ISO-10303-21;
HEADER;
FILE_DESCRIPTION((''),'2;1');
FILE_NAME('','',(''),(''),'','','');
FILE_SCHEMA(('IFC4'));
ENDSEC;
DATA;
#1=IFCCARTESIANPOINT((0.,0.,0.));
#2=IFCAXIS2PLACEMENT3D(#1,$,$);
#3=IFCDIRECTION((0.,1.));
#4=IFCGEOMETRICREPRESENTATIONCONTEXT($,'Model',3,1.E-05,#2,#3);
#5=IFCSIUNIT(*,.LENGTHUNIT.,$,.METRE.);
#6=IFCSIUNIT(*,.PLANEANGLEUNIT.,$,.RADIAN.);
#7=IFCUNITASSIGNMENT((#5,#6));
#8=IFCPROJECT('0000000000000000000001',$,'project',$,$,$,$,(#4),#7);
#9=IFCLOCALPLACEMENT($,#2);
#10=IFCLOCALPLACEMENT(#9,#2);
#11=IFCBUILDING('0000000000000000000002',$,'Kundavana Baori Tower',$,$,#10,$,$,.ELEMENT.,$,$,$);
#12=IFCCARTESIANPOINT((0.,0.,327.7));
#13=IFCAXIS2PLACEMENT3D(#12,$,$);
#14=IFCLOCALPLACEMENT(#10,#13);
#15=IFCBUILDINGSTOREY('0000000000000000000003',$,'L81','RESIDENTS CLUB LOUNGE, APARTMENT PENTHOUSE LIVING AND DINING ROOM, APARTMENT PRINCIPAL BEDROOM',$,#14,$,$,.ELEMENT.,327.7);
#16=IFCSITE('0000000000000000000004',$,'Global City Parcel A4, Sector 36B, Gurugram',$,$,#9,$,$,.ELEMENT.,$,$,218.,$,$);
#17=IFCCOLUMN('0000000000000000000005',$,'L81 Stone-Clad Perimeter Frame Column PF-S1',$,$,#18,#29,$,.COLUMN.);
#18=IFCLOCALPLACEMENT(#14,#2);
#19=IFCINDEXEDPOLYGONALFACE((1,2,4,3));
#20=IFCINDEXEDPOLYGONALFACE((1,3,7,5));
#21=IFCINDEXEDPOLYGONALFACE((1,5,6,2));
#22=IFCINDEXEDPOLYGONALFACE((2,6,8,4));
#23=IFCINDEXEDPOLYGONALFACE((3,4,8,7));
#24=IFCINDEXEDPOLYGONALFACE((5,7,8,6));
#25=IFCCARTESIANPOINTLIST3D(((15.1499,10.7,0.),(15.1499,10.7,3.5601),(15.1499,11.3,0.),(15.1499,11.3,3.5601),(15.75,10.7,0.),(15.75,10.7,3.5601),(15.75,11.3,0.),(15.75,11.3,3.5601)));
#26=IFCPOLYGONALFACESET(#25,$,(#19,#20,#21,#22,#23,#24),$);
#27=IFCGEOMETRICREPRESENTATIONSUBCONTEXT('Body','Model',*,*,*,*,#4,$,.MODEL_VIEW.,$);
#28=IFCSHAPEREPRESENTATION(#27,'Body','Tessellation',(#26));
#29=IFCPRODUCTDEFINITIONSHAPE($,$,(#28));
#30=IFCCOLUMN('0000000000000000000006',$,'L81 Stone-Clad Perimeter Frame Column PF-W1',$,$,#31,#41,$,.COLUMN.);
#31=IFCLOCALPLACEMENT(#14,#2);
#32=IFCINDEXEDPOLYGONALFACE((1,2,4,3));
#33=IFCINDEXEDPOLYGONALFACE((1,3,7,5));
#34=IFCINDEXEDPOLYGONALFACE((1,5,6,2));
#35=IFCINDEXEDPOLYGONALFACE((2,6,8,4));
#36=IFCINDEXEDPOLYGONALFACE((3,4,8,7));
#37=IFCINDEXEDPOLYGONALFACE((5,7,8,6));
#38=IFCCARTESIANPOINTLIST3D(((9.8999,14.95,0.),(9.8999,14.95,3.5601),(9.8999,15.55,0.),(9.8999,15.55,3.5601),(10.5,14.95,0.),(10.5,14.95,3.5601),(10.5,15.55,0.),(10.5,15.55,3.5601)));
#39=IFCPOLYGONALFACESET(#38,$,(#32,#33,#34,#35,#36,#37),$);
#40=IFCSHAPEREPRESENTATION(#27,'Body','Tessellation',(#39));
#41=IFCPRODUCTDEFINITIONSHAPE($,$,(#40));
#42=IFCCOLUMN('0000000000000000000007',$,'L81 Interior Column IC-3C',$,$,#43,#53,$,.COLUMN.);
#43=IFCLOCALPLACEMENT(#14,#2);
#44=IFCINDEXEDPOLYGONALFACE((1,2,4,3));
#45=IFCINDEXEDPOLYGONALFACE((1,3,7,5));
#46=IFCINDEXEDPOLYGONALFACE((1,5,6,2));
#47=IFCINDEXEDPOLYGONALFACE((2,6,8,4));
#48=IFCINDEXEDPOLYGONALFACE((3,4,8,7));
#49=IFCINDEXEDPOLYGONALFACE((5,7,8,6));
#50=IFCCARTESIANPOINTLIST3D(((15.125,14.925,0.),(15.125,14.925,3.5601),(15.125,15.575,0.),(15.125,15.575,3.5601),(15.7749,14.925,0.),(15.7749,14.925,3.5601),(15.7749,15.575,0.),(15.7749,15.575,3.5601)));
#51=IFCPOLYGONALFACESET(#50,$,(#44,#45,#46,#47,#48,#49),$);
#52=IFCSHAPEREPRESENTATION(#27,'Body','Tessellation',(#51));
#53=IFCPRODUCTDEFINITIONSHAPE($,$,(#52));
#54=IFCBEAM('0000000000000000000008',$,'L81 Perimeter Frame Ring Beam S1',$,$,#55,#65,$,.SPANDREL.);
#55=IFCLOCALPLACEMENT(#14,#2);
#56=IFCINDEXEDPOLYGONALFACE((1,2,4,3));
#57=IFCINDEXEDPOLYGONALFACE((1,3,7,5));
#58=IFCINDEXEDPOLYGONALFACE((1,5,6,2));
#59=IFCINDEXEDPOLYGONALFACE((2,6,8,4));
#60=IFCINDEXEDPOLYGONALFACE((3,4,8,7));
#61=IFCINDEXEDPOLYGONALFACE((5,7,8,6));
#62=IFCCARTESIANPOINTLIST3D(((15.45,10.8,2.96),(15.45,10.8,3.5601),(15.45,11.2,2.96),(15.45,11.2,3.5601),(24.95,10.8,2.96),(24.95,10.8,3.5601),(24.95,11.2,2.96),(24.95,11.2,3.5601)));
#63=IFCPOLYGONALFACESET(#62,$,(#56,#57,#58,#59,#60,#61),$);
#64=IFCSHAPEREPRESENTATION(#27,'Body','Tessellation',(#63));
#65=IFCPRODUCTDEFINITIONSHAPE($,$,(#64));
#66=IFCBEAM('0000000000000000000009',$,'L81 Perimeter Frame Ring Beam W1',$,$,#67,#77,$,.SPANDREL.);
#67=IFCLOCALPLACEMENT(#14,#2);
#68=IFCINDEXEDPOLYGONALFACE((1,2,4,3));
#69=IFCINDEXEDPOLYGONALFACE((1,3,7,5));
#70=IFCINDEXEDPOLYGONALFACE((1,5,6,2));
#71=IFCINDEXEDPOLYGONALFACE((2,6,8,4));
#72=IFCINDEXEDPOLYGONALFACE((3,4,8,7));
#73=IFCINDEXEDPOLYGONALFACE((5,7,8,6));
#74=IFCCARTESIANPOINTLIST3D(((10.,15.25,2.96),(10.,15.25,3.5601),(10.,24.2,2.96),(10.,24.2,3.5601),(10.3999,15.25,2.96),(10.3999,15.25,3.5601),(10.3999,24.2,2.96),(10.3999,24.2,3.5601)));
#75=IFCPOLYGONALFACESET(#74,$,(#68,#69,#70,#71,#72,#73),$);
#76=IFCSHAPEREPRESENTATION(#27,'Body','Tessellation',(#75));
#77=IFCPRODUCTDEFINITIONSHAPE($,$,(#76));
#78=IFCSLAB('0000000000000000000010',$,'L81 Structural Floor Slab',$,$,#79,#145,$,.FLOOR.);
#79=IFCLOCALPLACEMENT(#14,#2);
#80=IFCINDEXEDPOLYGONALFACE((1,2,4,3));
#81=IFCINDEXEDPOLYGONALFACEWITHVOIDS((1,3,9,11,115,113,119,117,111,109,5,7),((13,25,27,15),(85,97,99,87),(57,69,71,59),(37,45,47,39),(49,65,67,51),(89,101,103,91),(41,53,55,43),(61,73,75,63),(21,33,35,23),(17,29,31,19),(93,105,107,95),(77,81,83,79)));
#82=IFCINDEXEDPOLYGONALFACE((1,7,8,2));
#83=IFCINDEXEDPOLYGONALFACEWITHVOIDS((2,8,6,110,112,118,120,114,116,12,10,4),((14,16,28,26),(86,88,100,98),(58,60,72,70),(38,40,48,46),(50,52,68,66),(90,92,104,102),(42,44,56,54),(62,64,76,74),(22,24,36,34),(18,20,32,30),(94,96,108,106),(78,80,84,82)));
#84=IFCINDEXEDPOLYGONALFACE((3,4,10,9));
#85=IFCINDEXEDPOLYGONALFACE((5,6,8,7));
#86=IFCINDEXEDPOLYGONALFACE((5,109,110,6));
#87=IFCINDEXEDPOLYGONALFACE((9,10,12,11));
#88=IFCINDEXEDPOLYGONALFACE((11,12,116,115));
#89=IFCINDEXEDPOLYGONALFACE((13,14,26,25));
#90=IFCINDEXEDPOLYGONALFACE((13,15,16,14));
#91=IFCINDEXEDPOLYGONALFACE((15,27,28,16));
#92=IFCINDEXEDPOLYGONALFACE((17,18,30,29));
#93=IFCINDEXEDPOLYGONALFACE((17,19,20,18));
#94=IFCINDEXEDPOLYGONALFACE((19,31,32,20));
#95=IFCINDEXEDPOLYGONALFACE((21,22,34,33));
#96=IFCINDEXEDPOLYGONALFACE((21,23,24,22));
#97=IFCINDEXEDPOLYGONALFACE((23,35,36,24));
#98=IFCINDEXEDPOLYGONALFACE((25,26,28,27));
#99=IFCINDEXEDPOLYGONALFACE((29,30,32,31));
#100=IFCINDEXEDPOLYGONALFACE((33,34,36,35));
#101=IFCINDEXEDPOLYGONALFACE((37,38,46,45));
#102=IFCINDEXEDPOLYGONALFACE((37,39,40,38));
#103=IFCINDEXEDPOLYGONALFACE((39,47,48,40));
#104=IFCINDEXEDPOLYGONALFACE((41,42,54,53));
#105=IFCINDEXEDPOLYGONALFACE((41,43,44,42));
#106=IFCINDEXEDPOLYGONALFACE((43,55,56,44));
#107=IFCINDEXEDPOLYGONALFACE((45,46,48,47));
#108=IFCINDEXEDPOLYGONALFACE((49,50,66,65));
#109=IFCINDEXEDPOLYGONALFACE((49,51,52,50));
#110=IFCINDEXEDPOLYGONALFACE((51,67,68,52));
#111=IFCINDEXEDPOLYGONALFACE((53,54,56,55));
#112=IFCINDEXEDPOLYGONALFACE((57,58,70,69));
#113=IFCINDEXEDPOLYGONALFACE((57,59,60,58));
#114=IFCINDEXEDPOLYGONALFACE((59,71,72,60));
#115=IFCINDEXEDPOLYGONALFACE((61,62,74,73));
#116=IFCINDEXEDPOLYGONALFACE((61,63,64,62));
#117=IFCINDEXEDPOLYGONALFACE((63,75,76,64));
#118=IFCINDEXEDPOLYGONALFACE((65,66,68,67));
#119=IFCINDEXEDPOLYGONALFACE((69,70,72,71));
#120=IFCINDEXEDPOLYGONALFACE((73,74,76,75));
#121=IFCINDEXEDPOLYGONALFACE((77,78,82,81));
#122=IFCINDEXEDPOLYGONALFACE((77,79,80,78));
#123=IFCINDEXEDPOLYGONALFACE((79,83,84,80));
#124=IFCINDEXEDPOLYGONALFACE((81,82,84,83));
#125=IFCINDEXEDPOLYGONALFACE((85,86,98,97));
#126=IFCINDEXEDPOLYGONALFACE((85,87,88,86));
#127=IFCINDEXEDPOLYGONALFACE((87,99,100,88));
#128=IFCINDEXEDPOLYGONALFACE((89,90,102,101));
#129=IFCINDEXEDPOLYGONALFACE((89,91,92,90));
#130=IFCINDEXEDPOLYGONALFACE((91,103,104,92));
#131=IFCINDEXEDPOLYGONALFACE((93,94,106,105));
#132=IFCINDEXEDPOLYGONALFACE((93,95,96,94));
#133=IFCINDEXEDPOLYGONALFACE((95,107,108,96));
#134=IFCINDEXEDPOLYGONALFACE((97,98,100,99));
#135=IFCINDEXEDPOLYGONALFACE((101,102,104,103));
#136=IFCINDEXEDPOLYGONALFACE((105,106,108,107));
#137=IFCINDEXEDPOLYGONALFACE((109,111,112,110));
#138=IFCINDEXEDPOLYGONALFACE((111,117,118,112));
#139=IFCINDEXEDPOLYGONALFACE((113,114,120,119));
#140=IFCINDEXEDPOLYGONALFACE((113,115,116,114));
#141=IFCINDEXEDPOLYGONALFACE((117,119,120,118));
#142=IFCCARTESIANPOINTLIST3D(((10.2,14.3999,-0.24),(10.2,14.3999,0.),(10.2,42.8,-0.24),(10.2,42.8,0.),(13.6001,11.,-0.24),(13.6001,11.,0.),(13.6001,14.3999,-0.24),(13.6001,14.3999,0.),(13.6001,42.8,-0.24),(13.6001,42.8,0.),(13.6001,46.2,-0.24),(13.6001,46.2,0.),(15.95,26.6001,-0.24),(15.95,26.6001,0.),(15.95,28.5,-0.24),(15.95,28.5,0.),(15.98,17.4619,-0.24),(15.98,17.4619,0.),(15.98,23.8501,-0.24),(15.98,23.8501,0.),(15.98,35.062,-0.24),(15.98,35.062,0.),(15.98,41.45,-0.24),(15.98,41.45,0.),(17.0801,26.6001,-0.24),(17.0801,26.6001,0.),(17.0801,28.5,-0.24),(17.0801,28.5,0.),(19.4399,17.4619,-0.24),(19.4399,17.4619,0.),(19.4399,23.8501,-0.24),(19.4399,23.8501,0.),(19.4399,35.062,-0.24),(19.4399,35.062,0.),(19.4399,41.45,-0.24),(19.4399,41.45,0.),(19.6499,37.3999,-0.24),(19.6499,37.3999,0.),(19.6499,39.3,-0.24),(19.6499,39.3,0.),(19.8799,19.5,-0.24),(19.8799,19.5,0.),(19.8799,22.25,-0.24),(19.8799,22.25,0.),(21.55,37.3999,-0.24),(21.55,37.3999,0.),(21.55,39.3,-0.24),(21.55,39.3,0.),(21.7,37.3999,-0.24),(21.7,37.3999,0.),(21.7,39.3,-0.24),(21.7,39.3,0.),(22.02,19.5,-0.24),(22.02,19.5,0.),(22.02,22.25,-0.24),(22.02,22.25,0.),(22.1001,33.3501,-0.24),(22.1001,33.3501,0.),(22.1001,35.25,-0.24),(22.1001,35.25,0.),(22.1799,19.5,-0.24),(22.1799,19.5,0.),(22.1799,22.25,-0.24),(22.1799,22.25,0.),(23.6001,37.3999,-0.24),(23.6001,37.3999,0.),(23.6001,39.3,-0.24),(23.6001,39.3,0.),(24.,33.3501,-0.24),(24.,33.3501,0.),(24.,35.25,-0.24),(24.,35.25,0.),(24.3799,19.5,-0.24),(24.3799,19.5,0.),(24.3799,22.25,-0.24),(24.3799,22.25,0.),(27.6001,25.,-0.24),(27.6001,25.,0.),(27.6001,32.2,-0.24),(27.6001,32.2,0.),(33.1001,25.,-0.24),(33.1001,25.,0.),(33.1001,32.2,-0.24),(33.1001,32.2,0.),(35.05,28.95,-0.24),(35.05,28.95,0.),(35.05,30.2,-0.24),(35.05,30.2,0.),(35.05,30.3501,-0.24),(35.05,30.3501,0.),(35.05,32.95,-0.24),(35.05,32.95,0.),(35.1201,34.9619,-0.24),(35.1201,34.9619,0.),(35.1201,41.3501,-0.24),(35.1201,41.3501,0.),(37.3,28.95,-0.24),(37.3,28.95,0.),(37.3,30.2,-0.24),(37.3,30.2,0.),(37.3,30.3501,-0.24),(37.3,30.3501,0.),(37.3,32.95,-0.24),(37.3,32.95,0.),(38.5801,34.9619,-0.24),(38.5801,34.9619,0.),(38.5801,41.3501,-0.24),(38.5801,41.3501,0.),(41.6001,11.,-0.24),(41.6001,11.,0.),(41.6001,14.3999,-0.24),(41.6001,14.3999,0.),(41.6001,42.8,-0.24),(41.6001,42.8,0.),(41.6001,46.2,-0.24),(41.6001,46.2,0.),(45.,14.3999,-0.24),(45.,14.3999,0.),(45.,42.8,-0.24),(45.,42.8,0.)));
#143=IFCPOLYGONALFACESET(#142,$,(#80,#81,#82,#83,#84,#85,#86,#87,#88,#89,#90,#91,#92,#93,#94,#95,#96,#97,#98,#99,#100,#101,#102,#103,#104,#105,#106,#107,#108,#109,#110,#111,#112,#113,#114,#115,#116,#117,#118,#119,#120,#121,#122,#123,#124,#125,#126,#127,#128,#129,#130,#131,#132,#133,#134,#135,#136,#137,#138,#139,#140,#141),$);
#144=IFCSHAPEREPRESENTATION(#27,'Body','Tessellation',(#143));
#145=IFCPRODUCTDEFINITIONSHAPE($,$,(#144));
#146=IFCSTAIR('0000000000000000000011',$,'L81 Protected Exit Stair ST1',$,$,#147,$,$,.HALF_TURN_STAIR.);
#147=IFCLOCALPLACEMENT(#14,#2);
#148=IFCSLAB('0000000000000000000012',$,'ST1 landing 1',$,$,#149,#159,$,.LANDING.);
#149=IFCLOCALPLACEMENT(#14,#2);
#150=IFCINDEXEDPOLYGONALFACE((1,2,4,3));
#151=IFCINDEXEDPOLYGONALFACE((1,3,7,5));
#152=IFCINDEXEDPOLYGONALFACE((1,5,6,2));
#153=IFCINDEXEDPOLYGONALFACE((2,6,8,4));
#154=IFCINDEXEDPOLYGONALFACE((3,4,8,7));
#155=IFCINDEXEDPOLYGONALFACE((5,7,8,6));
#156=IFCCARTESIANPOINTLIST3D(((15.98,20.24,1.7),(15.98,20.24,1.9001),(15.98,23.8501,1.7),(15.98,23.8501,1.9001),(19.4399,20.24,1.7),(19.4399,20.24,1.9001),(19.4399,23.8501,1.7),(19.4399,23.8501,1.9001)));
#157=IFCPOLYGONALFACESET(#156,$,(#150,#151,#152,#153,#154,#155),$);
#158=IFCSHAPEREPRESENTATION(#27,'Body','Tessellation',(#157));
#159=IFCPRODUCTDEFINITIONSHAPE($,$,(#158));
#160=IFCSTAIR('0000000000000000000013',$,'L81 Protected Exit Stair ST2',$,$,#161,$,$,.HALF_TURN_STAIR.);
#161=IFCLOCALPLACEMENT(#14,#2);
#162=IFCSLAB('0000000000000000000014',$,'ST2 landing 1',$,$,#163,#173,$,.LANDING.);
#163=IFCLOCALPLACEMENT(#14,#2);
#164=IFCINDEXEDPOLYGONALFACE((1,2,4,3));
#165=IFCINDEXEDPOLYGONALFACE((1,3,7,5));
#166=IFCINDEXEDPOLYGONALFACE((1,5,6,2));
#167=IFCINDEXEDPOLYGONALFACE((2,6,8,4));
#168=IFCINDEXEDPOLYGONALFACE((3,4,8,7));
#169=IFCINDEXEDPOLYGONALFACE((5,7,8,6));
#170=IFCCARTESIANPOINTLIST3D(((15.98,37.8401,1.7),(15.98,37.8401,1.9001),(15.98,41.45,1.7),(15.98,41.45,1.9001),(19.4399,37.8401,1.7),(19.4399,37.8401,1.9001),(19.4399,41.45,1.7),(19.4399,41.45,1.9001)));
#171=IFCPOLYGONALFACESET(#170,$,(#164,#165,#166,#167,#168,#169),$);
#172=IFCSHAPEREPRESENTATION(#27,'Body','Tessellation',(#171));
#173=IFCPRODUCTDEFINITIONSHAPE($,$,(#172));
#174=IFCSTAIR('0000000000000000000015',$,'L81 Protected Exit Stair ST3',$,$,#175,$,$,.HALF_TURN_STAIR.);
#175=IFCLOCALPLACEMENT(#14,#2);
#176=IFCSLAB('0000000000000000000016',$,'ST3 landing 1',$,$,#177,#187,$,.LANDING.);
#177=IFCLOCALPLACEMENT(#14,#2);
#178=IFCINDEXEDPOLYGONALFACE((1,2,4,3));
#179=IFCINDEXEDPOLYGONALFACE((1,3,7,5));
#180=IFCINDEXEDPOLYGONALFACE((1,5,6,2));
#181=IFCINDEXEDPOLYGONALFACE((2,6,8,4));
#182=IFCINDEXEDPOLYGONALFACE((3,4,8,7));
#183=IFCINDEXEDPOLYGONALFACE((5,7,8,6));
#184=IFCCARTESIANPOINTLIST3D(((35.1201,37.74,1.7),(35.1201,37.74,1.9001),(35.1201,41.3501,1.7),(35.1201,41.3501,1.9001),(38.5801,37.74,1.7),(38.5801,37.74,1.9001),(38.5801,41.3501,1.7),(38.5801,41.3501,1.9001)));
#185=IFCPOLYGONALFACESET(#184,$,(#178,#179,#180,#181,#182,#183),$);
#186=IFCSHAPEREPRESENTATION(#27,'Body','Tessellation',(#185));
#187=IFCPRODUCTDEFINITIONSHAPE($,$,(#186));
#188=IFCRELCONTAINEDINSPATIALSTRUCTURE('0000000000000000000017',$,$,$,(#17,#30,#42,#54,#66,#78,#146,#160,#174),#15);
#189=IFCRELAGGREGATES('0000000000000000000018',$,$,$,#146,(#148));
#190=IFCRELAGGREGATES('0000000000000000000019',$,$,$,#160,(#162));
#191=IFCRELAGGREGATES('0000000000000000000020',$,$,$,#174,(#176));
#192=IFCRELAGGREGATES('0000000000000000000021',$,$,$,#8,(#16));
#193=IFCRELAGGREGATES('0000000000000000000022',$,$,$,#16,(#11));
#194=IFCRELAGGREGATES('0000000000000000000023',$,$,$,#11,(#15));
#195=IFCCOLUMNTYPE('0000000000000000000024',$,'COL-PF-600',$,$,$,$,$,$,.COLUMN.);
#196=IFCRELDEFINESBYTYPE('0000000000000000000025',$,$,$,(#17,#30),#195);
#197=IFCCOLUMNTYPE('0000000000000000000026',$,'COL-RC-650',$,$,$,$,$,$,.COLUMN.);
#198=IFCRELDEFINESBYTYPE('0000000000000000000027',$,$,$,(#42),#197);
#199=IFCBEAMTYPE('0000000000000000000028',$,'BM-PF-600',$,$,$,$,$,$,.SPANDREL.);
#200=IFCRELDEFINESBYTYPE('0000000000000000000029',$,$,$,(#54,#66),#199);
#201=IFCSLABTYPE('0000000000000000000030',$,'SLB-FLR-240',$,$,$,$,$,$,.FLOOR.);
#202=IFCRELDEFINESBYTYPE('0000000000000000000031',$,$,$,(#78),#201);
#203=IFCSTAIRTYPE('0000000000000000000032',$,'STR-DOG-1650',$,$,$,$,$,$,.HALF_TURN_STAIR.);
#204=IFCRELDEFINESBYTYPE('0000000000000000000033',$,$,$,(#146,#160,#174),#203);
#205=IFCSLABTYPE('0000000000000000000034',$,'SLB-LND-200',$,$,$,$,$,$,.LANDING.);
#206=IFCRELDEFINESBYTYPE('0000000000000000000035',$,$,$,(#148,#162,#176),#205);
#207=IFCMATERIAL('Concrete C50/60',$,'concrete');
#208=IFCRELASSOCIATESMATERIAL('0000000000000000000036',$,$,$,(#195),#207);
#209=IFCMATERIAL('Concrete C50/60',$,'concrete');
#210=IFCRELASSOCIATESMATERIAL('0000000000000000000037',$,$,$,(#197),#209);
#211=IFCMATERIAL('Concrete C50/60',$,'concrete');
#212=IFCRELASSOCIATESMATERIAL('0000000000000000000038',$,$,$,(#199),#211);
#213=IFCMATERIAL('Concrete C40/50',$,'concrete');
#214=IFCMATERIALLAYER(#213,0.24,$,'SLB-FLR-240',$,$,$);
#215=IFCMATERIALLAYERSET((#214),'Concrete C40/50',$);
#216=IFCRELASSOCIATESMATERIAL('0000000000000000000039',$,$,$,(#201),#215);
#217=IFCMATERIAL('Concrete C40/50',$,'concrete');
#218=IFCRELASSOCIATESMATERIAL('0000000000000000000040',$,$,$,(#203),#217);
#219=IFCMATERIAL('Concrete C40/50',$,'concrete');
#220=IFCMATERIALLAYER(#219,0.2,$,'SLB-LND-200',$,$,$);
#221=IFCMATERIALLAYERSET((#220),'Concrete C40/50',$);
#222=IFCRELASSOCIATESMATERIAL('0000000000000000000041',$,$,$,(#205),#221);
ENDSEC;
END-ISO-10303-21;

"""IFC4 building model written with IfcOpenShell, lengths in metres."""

from ifc_helpers import new_model, si_unit, direction, frame, origin, origin_2d, place, context, subcontext, project, spatial, polyline, rectangle, outline, extrude, material, layer, layer_set, material_profile, profile_set, type_object, element, aggregate, save


model = new_model("IFC4")

# Units and contexts
model_context = context("Model", 3, precision=1e-05, world=origin(), true_north=direction((0.0, 1.0)))
body_context = subcontext(model_context, "Body", "Model", "MODEL_VIEW")
ifc_project = project(units=[si_unit("LENGTHUNIT", "METRE"), si_unit("PLANEANGLEUNIT", "RADIAN")], contexts=[model_context])

# Site, building, storey
site_placement = place(None, origin())
site = spatial("IfcSite", under=ifc_project, at=site_placement, Name="Global City Parcel A4, Sector 36B, Gurugram", CompositionType="ELEMENT", RefElevation=218.0)
building_placement = place(site_placement, origin())
building = spatial("IfcBuilding", under=site, at=building_placement, Name="Kundavana Baori Tower", CompositionType="ELEMENT")
storey_placement = place(building_placement, frame((0.0, 0.0, 327.7)))
storey = spatial("IfcBuildingStorey", under=building, at=storey_placement, Name="L81", Description="RESIDENTS CLUB LOUNGE, APARTMENT PENTHOUSE LIVING AND DINING ROOM, APARTMENT PRINCIPAL BEDROOM", CompositionType="ELEMENT", Elevation=327.7)

# Columns
ifc_material_1 = material(Name="Concrete C50/60", Category="concrete")
ifc_material_profile_1 = material_profile(ifc_material_1, rectangle(XDim=0.6001, YDim=0.6001, at=origin_2d()), Name="RC PF 600x600")
ifc_profile_set_1 = profile_set([ifc_material_profile_1], Name="Concrete C50/60")
column_type_1 = type_object("IfcColumnType", Name="COL-PF-600", PredefinedType="COLUMN", material=ifc_profile_set_1)
for number, where, z_axis, x_axis, name in (
    (1, (15.45, 11.0, 0.0), (0.0, 0.0, 1.0), (1.0, 0.0, 0.0), "L81 Stone-Clad Perimeter Frame Column PF-S1"),
    (2, (10.2, 15.25, 0.0), (0.0, 0.0, 1.0), (1.0, 0.0, 0.0), "L81 Stone-Clad Perimeter Frame Column PF-W1"),
):
    element("IfcColumn", number, at=place(storey_placement, frame(where, z_axis=z_axis, x_axis=x_axis)), inside=storey, type_object=column_type_1, Name=name, PredefinedType="COLUMN", context=body_context, shape_type="SweptSolid", body=[
        extrude(rectangle(XDim=0.6001, YDim=0.6001, at=origin_2d()), origin(), (0.0, 0.0, 1.0), 3.5601),
    ])
ifc_material_2 = material(Name="Concrete C50/60", Category="concrete")
ifc_material_profile_2 = material_profile(ifc_material_2, rectangle(XDim=0.6499, YDim=0.6499, at=origin_2d()), Name="RC 650x650")
ifc_profile_set_2 = profile_set([ifc_material_profile_2], Name="Concrete C50/60")
column_type_2 = type_object("IfcColumnType", Name="COL-RC-650", PredefinedType="COLUMN", material=ifc_profile_set_2)
column_placement = place(storey_placement, frame((15.45, 15.25, 0.0), z_axis=(0.0, 0.0, 1.0), x_axis=(1.0, 0.0, 0.0)))
element("IfcColumn", 3, at=column_placement, inside=storey, type_object=column_type_2, Name="L81 Interior Column IC-3C", PredefinedType="COLUMN", context=body_context, shape_type="SweptSolid", body=[
    extrude(rectangle(XDim=0.6499, YDim=0.6499, at=origin_2d()), origin(), (0.0, 0.0, 1.0), 3.5601),
])

# Beams
ifc_material_3 = material(Name="Concrete C50/60", Category="concrete")
ifc_material_profile_3 = material_profile(ifc_material_3, rectangle(XDim=0.3999, YDim=0.6001, at=origin_2d()), Name="RC BM 400x600")
ifc_profile_set_3 = profile_set([ifc_material_profile_3], Name="Concrete C50/60")
beam_type = type_object("IfcBeamType", Name="BM-PF-600", PredefinedType="SPANDREL", material=ifc_profile_set_3)
beam_1_placement = place(storey_placement, frame((15.45, 11.0, 3.26), z_axis=(1.0, 0.0, 0.0), x_axis=(0.0, 1.0, 0.0)))
element("IfcBeam", 4, at=beam_1_placement, inside=storey, type_object=beam_type, Name="L81 Perimeter Frame Ring Beam S1", PredefinedType="SPANDREL", context=body_context, shape_type="SweptSolid", body=[
    extrude(rectangle(XDim=0.3999, YDim=0.6001, at=origin_2d()), origin(), (0.0, 0.0, 1.0), 9.5),
])
beam_2_placement = place(storey_placement, frame((10.2, 15.25, 3.26), z_axis=(0.0, 1.0, 0.0), x_axis=(-1.0, 0.0, 0.0)))
element("IfcBeam", 5, at=beam_2_placement, inside=storey, type_object=beam_type, Name="L81 Perimeter Frame Ring Beam W1", PredefinedType="SPANDREL", context=body_context, shape_type="SweptSolid", body=[
    extrude(rectangle(XDim=0.3999, YDim=0.6001, at=origin_2d()), origin(), (0.0, 0.0, 1.0), 8.95),
])

# Slab
ifc_material_4 = material(Name="Concrete C40/50", Category="concrete")
ifc_layer_1 = layer(ifc_material_4, 0.24, Name="SLB-FLR-240")
ifc_layer_set_1 = layer_set([ifc_layer_1], Name="Concrete C40/50")
slab_type_1 = type_object("IfcSlabType", Name="SLB-FLR-240", PredefinedType="FLOOR", material=ifc_layer_set_1)
slab_1_placement = place(storey_placement, frame((0.0, 0.0, -0.24)))
element("IfcSlab", 6, at=slab_1_placement, inside=storey, type_object=slab_type_1, Name="L81 Structural Floor Slab", PredefinedType="FLOOR", context=body_context, shape_type="SweptSolid", body=[
    extrude(outline(polyline([(13.6001, 11.0), (41.6001, 11.0), (41.6001, 14.3999), (45.0, 14.3999), (45.0, 42.8), (41.6001, 42.8), (41.6001, 46.2), (13.6001, 46.2), (13.6001, 42.8), (10.2, 42.8), (10.2, 14.3999), (13.6001, 14.3999), (13.6001, 11.0)]), holes=[polyline([(19.4399, 17.4619), (19.4399, 23.8501), (15.98, 23.8501), (15.98, 17.4619), (19.4399, 17.4619)]), polyline([(19.4399, 35.062), (19.4399, 41.45), (15.98, 41.45), (15.98, 35.062), (19.4399, 35.062)]), polyline([(38.5801, 34.9619), (38.5801, 41.3501), (35.1201, 41.3501), (35.1201, 34.9619), (38.5801, 34.9619)]), polyline([(19.6499, 37.3999), (21.55, 37.3999), (21.55, 39.3), (19.6499, 39.3), (19.6499, 37.3999)]), polyline([(21.7, 37.3999), (23.6001, 37.3999), (23.6001, 39.3), (21.7, 39.3), (21.7, 37.3999)]), polyline([(22.1001, 33.3501), (24.0, 33.3501), (24.0, 35.25), (22.1001, 35.25), (22.1001, 33.3501)]), polyline([(19.8799, 19.5), (22.02, 19.5), (22.02, 22.25), (19.8799, 22.25), (19.8799, 19.5)]), polyline([(22.1799, 19.5), (24.3799, 19.5), (24.3799, 22.25), (22.1799, 22.25), (22.1799, 19.5)]), polyline([(35.05, 30.3501), (37.3, 30.3501), (37.3, 32.95), (35.05, 32.95), (35.05, 30.3501)]), polyline([(15.95, 26.6001), (17.0801, 26.6001), (17.0801, 28.5), (15.95, 28.5), (15.95, 26.6001)]), polyline([(35.05, 28.95), (37.3, 28.95), (37.3, 30.2), (35.05, 30.2), (35.05, 28.95)]), polyline([(27.6001, 25.0), (33.1001, 25.0), (33.1001, 32.2), (27.6001, 32.2), (27.6001, 25.0)])]), origin(), (0.0, 0.0, 1.0), 0.24),
])

# Stairs, slabs
ifc_material_5 = material(Name="Concrete C40/50", Category="concrete")
stair_type = type_object("IfcStairType", Name="STR-DOG-1650", PredefinedType="HALF_TURN_STAIR", material=ifc_material_5)
stair_1_placement = place(storey_placement, origin())
stair_1 = element("IfcStair", 7, at=stair_1_placement, inside=storey, type_object=stair_type, Name="L81 Protected Exit Stair ST1", PredefinedType="HALF_TURN_STAIR")
ifc_material_6 = material(Name="Concrete C40/50", Category="concrete")
ifc_layer_2 = layer(ifc_material_6, 0.2, Name="SLB-LND-200")
ifc_layer_set_2 = layer_set([ifc_layer_2], Name="Concrete C40/50")
slab_type_2 = type_object("IfcSlabType", Name="SLB-LND-200", PredefinedType="LANDING", material=ifc_layer_set_2)
slab_2_placement = place(storey_placement, frame((0.0, 0.0, 1.7)))
slab_2 = element("IfcSlab", 8, at=slab_2_placement, type_object=slab_type_2, Name="ST1 landing 1", PredefinedType="LANDING", context=body_context, shape_type="SweptSolid", body=[
    extrude(outline(polyline([(19.4399, 20.24), (19.4399, 23.8501), (15.98, 23.8501), (15.98, 20.24), (19.4399, 20.24)])), origin(), (0.0, 0.0, 1.0), 0.2002),
])
aggregate(stair_1, [slab_2])
stair_2_placement = place(storey_placement, origin())
stair_2 = element("IfcStair", 9, at=stair_2_placement, inside=storey, type_object=stair_type, Name="L81 Protected Exit Stair ST2", PredefinedType="HALF_TURN_STAIR")
slab_3_placement = place(storey_placement, frame((0.0, 0.0, 1.7)))
slab_3 = element("IfcSlab", 10, at=slab_3_placement, type_object=slab_type_2, Name="ST2 landing 1", PredefinedType="LANDING", context=body_context, shape_type="SweptSolid", body=[
    extrude(outline(polyline([(19.4399, 37.8401), (19.4399, 41.45), (15.98, 41.45), (15.98, 37.8401), (19.4399, 37.8401)])), origin(), (0.0, 0.0, 1.0), 0.2002),
])
aggregate(stair_2, [slab_3])
stair_3_placement = place(storey_placement, origin())
stair_3 = element("IfcStair", 11, at=stair_3_placement, inside=storey, type_object=stair_type, Name="L81 Protected Exit Stair ST3", PredefinedType="HALF_TURN_STAIR")
slab_4_placement = place(storey_placement, frame((0.0, 0.0, 1.7)))
slab_4 = element("IfcSlab", 12, at=slab_4_placement, type_object=slab_type_2, Name="ST3 landing 1", PredefinedType="LANDING", context=body_context, shape_type="SweptSolid", body=[
    extrude(outline(polyline([(38.5801, 37.74), (38.5801, 41.3501), (35.1201, 41.3501), (35.1201, 37.74), (38.5801, 37.74)])), origin(), (0.0, 0.0, 1.0), 0.2002),
])
aggregate(stair_3, [slab_4])

save(model, "model.ifc")
